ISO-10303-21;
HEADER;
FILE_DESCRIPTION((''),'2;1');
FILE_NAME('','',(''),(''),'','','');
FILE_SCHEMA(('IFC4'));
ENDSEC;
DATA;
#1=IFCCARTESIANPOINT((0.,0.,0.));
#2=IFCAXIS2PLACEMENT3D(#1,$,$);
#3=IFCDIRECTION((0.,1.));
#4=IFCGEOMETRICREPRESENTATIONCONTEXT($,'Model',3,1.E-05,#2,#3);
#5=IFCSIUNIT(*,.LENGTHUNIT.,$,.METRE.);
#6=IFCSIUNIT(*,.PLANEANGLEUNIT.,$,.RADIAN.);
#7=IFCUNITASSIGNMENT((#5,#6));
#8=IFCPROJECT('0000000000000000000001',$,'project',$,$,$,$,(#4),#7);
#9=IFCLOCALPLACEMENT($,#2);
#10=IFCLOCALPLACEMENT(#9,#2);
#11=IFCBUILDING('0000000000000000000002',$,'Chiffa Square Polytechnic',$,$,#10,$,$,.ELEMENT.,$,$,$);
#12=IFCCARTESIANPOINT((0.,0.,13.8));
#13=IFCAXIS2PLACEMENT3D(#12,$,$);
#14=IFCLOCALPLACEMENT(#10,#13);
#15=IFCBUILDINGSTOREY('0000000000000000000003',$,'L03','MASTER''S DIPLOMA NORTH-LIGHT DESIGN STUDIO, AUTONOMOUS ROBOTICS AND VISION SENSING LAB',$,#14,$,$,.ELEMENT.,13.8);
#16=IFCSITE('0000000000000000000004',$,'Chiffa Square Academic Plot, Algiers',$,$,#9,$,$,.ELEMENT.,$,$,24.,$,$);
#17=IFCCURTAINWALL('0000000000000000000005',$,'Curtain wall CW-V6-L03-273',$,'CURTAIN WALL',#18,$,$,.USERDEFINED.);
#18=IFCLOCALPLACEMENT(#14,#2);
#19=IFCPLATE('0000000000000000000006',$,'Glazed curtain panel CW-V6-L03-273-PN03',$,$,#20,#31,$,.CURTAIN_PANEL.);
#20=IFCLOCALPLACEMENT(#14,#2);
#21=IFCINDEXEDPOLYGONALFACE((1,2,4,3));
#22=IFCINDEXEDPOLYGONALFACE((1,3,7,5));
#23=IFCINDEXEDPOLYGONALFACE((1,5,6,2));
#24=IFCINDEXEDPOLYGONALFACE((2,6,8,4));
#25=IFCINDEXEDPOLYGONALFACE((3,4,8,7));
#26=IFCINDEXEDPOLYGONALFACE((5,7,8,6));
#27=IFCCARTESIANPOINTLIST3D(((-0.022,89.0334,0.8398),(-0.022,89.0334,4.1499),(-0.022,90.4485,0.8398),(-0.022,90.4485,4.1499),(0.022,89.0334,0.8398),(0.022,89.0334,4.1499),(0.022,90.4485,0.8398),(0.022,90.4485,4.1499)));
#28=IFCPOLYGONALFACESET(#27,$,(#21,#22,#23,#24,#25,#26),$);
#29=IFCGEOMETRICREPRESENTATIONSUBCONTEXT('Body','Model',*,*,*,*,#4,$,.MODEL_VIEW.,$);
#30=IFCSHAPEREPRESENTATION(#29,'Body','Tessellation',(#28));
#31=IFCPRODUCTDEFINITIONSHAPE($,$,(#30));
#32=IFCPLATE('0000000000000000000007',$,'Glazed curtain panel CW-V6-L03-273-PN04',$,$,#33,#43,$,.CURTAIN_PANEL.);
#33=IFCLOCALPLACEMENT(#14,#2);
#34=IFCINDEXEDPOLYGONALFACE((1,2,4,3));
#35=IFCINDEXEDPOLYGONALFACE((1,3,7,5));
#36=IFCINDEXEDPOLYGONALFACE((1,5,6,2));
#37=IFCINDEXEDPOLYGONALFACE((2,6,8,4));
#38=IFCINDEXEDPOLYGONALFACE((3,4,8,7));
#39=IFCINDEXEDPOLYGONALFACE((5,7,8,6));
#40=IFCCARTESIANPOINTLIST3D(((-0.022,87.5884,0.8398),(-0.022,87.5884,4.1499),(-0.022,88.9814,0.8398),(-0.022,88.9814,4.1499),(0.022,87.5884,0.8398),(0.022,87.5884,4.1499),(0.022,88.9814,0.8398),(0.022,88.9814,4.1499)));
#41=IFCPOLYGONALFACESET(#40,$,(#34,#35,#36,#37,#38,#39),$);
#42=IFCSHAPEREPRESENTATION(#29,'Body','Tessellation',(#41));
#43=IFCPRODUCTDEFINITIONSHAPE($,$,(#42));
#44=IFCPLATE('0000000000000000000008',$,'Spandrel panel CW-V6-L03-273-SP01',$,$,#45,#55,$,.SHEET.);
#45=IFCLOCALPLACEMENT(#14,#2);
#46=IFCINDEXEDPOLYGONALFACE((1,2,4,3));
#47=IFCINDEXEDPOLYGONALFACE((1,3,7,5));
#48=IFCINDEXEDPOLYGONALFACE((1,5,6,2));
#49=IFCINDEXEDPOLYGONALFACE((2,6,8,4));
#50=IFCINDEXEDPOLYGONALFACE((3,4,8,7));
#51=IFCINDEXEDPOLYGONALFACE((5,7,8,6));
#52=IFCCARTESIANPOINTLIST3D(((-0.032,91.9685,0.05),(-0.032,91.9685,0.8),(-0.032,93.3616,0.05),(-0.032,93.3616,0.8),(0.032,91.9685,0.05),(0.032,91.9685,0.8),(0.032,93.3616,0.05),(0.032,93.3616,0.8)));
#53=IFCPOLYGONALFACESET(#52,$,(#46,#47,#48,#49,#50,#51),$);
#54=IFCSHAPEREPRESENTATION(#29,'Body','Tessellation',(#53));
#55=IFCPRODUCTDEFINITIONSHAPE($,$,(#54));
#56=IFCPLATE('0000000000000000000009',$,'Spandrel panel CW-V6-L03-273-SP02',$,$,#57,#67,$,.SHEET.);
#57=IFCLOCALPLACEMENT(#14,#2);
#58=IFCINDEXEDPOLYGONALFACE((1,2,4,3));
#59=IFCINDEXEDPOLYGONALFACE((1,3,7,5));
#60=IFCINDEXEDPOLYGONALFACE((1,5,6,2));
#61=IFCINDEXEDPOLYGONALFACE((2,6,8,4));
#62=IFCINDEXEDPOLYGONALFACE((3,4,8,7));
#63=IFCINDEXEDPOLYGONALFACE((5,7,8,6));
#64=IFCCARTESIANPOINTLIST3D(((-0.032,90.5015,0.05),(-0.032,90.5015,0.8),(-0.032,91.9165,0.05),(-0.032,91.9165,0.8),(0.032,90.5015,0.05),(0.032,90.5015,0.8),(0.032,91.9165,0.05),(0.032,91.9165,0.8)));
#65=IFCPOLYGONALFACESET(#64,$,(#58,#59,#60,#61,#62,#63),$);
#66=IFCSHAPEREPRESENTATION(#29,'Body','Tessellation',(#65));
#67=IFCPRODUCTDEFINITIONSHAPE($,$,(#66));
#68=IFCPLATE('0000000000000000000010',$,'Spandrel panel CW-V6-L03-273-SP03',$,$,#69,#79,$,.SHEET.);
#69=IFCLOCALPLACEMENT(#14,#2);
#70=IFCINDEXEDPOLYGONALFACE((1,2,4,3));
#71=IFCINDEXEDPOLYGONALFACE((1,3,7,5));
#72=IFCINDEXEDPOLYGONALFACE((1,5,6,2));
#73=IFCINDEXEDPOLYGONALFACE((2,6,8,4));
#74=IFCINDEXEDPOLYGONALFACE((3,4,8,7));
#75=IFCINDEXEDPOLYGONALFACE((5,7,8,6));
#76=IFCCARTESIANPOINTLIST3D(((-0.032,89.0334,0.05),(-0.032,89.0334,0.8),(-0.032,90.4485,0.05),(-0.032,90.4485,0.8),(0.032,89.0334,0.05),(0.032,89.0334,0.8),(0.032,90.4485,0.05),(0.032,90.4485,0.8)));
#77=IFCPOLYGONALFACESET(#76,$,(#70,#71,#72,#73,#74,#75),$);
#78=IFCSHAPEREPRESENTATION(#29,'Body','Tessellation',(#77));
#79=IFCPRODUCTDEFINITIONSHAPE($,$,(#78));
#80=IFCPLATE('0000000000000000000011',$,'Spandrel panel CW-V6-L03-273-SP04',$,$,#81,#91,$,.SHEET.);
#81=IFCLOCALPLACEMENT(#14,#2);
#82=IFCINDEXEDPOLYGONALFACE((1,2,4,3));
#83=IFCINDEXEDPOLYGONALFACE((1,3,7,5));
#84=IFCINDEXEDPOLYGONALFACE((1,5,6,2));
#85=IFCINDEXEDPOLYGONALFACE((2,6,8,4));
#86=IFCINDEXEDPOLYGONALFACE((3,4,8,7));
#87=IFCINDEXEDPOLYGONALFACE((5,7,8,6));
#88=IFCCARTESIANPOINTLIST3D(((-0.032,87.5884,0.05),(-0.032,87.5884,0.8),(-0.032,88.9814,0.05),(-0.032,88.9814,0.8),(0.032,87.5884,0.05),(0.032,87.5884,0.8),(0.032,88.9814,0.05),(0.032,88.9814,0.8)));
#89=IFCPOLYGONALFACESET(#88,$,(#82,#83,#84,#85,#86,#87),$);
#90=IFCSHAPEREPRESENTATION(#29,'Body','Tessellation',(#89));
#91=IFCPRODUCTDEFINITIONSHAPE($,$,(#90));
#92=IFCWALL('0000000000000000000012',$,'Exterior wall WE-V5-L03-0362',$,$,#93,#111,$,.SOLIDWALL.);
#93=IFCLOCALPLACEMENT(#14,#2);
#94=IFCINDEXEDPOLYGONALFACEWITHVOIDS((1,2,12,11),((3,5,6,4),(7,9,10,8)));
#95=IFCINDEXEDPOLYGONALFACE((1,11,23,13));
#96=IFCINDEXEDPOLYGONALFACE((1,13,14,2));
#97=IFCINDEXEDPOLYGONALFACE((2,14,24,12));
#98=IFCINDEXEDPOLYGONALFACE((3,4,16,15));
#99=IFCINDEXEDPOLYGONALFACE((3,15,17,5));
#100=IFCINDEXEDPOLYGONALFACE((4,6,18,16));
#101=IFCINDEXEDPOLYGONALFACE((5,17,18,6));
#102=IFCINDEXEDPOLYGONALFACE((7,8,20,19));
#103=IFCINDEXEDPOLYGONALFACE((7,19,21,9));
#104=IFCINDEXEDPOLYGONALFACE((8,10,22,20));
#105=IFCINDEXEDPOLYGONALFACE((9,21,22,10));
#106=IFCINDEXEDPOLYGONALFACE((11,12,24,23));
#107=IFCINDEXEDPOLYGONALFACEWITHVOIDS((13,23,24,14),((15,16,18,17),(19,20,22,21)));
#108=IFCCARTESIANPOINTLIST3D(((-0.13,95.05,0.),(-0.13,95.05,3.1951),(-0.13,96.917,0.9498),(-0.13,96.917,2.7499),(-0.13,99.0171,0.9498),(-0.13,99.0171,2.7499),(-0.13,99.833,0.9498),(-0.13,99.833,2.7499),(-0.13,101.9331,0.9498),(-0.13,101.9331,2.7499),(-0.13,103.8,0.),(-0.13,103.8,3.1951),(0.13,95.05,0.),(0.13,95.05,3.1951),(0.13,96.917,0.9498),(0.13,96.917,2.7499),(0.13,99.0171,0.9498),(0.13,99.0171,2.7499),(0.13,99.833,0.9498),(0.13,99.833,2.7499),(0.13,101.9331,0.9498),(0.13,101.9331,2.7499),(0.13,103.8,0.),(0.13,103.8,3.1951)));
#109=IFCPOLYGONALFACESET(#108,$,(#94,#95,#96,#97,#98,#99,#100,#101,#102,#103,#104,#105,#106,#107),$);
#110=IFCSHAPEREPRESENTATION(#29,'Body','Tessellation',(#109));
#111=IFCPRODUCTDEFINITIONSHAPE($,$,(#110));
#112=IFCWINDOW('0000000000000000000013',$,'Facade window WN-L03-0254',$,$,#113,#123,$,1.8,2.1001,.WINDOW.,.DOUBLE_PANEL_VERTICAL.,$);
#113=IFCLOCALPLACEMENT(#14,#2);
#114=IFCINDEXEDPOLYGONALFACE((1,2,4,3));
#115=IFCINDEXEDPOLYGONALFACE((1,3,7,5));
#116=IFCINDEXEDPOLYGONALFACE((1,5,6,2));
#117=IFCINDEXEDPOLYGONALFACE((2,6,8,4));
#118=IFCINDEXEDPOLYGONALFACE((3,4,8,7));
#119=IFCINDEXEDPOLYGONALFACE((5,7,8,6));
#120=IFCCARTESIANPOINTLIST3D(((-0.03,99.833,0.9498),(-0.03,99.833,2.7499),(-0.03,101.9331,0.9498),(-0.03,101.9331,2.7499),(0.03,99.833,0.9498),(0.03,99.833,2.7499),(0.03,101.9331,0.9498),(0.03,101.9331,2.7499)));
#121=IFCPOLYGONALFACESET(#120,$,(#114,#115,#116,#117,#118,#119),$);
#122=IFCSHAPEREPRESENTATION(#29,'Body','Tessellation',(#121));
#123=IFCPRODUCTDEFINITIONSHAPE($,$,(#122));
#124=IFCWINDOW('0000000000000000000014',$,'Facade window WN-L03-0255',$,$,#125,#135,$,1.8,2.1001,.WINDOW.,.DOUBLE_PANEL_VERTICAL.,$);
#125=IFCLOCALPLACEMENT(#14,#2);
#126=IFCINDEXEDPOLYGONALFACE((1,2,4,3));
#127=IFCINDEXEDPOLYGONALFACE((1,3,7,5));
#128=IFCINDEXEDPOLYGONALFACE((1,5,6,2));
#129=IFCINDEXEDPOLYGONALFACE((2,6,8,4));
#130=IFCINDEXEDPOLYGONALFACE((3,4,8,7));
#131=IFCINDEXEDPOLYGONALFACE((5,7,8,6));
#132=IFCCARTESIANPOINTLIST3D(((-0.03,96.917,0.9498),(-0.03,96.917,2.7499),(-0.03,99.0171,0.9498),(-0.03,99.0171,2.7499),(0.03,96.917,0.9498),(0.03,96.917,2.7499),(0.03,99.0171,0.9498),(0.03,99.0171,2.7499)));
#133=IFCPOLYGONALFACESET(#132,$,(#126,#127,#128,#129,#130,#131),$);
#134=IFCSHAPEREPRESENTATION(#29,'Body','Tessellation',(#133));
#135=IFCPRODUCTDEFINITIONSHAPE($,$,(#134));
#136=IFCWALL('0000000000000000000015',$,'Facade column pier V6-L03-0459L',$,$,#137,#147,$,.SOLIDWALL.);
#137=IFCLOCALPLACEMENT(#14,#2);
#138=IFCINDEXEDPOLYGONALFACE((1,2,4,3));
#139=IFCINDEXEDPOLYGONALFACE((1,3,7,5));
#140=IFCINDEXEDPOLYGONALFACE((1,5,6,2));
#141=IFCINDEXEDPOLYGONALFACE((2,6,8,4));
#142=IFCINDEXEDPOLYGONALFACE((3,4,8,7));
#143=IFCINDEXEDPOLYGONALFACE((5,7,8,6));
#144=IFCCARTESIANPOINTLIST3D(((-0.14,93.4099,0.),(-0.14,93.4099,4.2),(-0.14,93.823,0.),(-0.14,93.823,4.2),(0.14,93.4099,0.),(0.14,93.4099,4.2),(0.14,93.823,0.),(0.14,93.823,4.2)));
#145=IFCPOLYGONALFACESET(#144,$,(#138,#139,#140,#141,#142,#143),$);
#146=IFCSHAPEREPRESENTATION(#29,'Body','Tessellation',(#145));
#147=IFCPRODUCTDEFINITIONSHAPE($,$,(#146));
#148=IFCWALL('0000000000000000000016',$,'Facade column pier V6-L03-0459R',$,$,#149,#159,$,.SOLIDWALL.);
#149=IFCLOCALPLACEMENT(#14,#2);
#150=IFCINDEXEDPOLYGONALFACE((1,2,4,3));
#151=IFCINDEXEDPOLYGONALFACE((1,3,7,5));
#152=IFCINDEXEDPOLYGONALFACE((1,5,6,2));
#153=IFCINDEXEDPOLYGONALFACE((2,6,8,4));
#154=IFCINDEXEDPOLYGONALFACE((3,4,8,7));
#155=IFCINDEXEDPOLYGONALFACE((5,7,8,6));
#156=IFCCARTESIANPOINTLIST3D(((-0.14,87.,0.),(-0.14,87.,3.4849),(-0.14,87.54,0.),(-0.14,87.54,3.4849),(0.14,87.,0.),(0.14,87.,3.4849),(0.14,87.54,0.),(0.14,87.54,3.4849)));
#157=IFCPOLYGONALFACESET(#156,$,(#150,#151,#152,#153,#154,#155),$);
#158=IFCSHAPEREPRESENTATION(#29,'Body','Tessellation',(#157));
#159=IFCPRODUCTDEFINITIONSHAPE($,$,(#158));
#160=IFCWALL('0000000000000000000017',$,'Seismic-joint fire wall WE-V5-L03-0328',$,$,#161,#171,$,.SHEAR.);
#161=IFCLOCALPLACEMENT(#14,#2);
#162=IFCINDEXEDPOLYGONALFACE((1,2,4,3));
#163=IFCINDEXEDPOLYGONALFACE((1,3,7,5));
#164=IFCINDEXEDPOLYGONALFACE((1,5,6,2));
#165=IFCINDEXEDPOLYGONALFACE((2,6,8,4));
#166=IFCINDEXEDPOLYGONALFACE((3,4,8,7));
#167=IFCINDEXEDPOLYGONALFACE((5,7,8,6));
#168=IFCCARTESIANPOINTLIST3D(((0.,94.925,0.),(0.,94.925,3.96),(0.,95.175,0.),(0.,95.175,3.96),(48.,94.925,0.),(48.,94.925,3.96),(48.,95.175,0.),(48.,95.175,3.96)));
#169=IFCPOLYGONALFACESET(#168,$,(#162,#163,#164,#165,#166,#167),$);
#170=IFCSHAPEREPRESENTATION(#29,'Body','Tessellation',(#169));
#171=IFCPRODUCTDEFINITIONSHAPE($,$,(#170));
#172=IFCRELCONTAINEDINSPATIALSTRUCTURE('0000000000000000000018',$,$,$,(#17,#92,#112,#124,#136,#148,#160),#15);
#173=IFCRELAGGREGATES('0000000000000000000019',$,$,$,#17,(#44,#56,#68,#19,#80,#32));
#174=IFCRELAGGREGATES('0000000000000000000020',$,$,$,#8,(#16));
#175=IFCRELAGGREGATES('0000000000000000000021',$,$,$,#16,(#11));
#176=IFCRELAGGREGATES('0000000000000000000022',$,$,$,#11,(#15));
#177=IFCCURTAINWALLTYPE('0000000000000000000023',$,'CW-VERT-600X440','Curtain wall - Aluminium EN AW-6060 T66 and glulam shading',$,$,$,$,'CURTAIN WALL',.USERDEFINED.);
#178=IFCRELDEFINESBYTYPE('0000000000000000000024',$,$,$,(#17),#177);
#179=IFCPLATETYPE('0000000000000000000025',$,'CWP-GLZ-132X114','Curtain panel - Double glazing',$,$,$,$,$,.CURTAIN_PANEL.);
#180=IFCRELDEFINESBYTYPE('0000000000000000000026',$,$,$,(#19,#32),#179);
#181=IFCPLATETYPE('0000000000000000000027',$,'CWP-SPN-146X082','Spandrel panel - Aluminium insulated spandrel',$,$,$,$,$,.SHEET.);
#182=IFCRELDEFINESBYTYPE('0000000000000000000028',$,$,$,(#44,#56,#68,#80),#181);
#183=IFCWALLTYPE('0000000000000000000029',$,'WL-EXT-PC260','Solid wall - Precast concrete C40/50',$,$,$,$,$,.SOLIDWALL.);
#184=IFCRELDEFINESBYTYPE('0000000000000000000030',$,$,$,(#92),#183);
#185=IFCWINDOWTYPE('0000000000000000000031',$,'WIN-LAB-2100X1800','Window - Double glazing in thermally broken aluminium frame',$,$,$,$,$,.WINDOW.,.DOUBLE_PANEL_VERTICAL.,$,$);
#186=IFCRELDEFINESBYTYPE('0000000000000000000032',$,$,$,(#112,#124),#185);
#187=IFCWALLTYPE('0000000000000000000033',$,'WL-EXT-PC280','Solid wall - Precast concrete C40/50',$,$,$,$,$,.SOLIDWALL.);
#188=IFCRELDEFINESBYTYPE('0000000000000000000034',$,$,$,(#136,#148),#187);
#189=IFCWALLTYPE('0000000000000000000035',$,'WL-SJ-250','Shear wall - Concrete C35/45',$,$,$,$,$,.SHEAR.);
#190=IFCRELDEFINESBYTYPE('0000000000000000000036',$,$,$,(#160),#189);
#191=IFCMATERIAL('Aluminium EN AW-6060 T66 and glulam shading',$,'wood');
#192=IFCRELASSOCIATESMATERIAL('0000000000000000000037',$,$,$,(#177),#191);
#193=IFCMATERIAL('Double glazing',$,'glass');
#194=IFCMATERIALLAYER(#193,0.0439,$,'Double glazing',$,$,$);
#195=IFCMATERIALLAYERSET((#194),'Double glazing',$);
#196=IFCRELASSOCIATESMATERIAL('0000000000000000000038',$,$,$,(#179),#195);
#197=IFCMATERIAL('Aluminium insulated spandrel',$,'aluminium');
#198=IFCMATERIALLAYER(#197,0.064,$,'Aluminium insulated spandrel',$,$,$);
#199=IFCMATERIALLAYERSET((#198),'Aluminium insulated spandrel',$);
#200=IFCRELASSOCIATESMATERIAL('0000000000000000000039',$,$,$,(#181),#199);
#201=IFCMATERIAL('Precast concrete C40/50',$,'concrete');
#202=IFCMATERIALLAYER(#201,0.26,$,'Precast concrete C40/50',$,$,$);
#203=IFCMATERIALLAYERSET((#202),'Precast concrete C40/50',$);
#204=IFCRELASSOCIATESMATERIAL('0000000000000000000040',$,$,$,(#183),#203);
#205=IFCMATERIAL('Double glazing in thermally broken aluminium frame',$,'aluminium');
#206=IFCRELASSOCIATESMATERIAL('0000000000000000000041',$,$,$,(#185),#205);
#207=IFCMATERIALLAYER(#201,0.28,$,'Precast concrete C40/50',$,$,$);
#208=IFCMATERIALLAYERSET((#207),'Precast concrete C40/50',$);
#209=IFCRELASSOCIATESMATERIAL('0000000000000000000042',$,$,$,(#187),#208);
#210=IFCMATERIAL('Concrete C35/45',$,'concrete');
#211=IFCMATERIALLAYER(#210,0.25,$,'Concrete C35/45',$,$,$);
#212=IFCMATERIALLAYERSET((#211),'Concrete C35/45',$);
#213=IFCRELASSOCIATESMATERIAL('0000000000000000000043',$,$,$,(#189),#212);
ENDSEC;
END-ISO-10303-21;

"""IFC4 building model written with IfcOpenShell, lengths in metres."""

from ifc_helpers import new_model, si_unit, direction, frame, frame_2d, origin, origin_2d, place, context, subcontext, project, spatial, rectangle, extrude, material, layer, layer_set, type_object, element, fill, aggregate, save


model = new_model("IFC4")

# Units and contexts
model_context = context("Model", 3, precision=1e-05, world=origin(), true_north=direction((0.0, 1.0)))
body_context = subcontext(model_context, "Body", "Model", "MODEL_VIEW")
ifc_project = project(units=[si_unit("LENGTHUNIT", "METRE"), si_unit("PLANEANGLEUNIT", "RADIAN")], contexts=[model_context])

# Site, building, storey
site_placement = place(None, origin())
site = spatial("IfcSite", under=ifc_project, at=site_placement, Name="Chiffa Square Academic Plot, Algiers", CompositionType="ELEMENT", RefElevation=24.0)
building_placement = place(site_placement, origin())
building = spatial("IfcBuilding", under=site, at=building_placement, Name="Chiffa Square Polytechnic", CompositionType="ELEMENT")
storey_placement = place(building_placement, frame((0.0, 0.0, 13.8)))
storey = spatial("IfcBuildingStorey", under=building, at=storey_placement, Name="L03", Description="MASTER'S DIPLOMA NORTH-LIGHT DESIGN STUDIO, AUTONOMOUS ROBOTICS AND VISION SENSING LAB", CompositionType="ELEMENT", Elevation=13.8)

# Shared definitions
ifc_material_1 = material(Name="Concrete C35/45", Category="concrete")

# Curtain wall
ifc_material_2 = material(Name="Aluminium EN AW-6060 T66 and glulam shading", Category="wood")
curtain_wall_type = type_object("IfcCurtainWallType", Name="CW-VERT-600X440", Description="Curtain wall - Aluminium EN AW-6060 T66 and glulam shading", ElementType="CURTAIN WALL", PredefinedType="USERDEFINED", material=ifc_material_2)
curtain_wall_placement = place(storey_placement, origin())
curtain_wall = element("IfcCurtainWall", 1, at=curtain_wall_placement, inside=storey, type_object=curtain_wall_type, Name="Curtain wall CW-V6-L03-273", ObjectType="CURTAIN WALL", PredefinedType="USERDEFINED")

# Plates
ifc_material_3 = material(Name="Double glazing", Category="glass")
ifc_layer_1 = layer(ifc_material_3, 0.0439, Name="Double glazing")
ifc_layer_set_1 = layer_set([ifc_layer_1], Name="Double glazing")
plate_type_1 = type_object("IfcPlateType", Name="CWP-GLZ-132X114", Description="Curtain panel - Double glazing", PredefinedType="CURTAIN_PANEL", material=ifc_layer_set_1)
plate_1_placement = place(storey_placement, frame((0.0, 89.741, 0.8398), z_axis=(0.0, 0.0, 1.0), x_axis=(0.0, -1.0, 0.0)))
plate_1 = element("IfcPlate", 2, at=plate_1_placement, type_object=plate_type_1, Name="Glazed curtain panel CW-V6-L03-273-PN03", PredefinedType="CURTAIN_PANEL", context=body_context, shape_type="SweptSolid", body=[
    extrude(rectangle(XDim=1.415, YDim=0.0439, at=origin_2d()), origin(), (0.0, 0.0, 1.0), 3.3101),
])
plate_2_placement = place(storey_placement, frame((0.0, 88.2849, 0.8398), z_axis=(0.0, 0.0, 1.0), x_axis=(0.0, -1.0, 0.0)))
plate_2 = element("IfcPlate", 3, at=plate_2_placement, type_object=plate_type_1, Name="Glazed curtain panel CW-V6-L03-273-PN04", PredefinedType="CURTAIN_PANEL", context=body_context, shape_type="SweptSolid", body=[
    extrude(rectangle(XDim=1.3931, YDim=0.0439, at=origin_2d()), origin(), (0.0, 0.0, 1.0), 3.3101),
])
ifc_material_4 = material(Name="Aluminium insulated spandrel", Category="aluminium")
ifc_layer_2 = layer(ifc_material_4, 0.064, Name="Aluminium insulated spandrel")
ifc_layer_set_2 = layer_set([ifc_layer_2], Name="Aluminium insulated spandrel")
plate_type_2 = type_object("IfcPlateType", Name="CWP-SPN-146X082", Description="Spandrel panel - Aluminium insulated spandrel", PredefinedType="SHEET", material=ifc_layer_set_2)
plate_3_placement = place(storey_placement, frame((0.0, 92.665, 0.05), z_axis=(0.0, 0.0, 1.0), x_axis=(0.0, -1.0, 0.0)))
plate_3 = element("IfcPlate", 4, at=plate_3_placement, type_object=plate_type_2, Name="Spandrel panel CW-V6-L03-273-SP01", PredefinedType="SHEET", context=body_context, shape_type="SweptSolid", body=[
    extrude(rectangle(XDim=1.3931, YDim=0.064, at=origin_2d()), origin(), (0.0, 0.0, 1.0), 0.75),
])
plate_4_placement = place(storey_placement, frame((0.0, 91.209, 0.05), z_axis=(0.0, 0.0, 1.0), x_axis=(0.0, -1.0, 0.0)))
plate_4 = element("IfcPlate", 5, at=plate_4_placement, type_object=plate_type_2, Name="Spandrel panel CW-V6-L03-273-SP02", PredefinedType="SHEET", context=body_context, shape_type="SweptSolid", body=[
    extrude(rectangle(XDim=1.415, YDim=0.064, at=origin_2d()), origin(), (0.0, 0.0, 1.0), 0.75),
])
plate_5_placement = place(storey_placement, frame((0.0, 89.741, 0.05), z_axis=(0.0, 0.0, 1.0), x_axis=(0.0, -1.0, 0.0)))
plate_5 = element("IfcPlate", 6, at=plate_5_placement, type_object=plate_type_2, Name="Spandrel panel CW-V6-L03-273-SP03", PredefinedType="SHEET", context=body_context, shape_type="SweptSolid", body=[
    extrude(rectangle(XDim=1.415, YDim=0.064, at=origin_2d()), origin(), (0.0, 0.0, 1.0), 0.75),
])
plate_6_placement = place(storey_placement, frame((0.0, 88.2849, 0.05), z_axis=(0.0, 0.0, 1.0), x_axis=(0.0, -1.0, 0.0)))
plate_6 = element("IfcPlate", 7, at=plate_6_placement, type_object=plate_type_2, Name="Spandrel panel CW-V6-L03-273-SP04", PredefinedType="SHEET", context=body_context, shape_type="SweptSolid", body=[
    extrude(rectangle(XDim=1.3931, YDim=0.064, at=origin_2d()), origin(), (0.0, 0.0, 1.0), 0.75),
])
aggregate(curtain_wall, [plate_3, plate_4, plate_5, plate_1, plate_6, plate_2])

# Wall, openings, windows
ifc_material_5 = material(Name="Precast concrete C40/50", Category="concrete")
ifc_layer_3 = layer(ifc_material_5, 0.26, Name="Precast concrete C40/50")
ifc_layer_set_3 = layer_set([ifc_layer_3], Name="Precast concrete C40/50")
wall_type_1 = type_object("IfcWallType", Name="WL-EXT-PC260", Description="Solid wall - Precast concrete C40/50", PredefinedType="SOLIDWALL", material=ifc_layer_set_3)
wall_1_placement = place(storey_placement, frame((0.0, 103.8, 0.0), z_axis=(0.0, 0.0, 1.0), x_axis=(0.0, -1.0, 0.0)))
wall_1 = element("IfcWall", 8, at=wall_1_placement, inside=storey, type_object=wall_type_1, Name="Exterior wall WE-V5-L03-0362", PredefinedType="SOLIDWALL", context=body_context, shape_type="SweptSolid", body=[
    extrude(rectangle(XDim=8.75, YDim=0.26, at=frame_2d((4.375, 0.0))), origin(), (0.0, 0.0, 1.0), 3.1951),
])
opening_1_placement = place(wall_1_placement, frame((1.8669, 0.0, 0.95)))
opening_1 = element("IfcOpeningElement", 9, at=opening_1_placement, cuts=wall_1, PredefinedType="OPENING", context=body_context, shape_type="SweptSolid", body=[
    extrude(rectangle(XDim=2.1001, YDim=1.8, at=frame_2d((1.05, 0.8999))), frame((0.0, 0.1401, 0.0), z_axis=(0.0, -1.0, 0.0), x_axis=(1.0, 0.0, 0.0)), (0.0, 0.0, 1.0), 0.28),
])
opening_2_placement = place(wall_1_placement, frame((4.783, 0.0, 0.95)))
opening_2 = element("IfcOpeningElement", 10, at=opening_2_placement, cuts=wall_1, PredefinedType="OPENING", context=body_context, shape_type="SweptSolid", body=[
    extrude(rectangle(XDim=2.1001, YDim=1.8, at=frame_2d((1.05, 0.8999))), frame((0.0, 0.1401, 0.0), z_axis=(0.0, -1.0, 0.0), x_axis=(1.0, 0.0, 0.0)), (0.0, 0.0, 1.0), 0.28),
])
ifc_material_6 = material(Name="Double glazing in thermally broken aluminium frame", Category="aluminium")
window_type = type_object("IfcWindowType", Name="WIN-LAB-2100X1800", Description="Window - Double glazing in thermally broken aluminium frame", PartitioningType="DOUBLE_PANEL_VERTICAL", PredefinedType="WINDOW", material=ifc_material_6)
window_1_placement = place(opening_1_placement, origin())
window_1 = element("IfcWindow", 11, at=window_1_placement, inside=storey, type_object=window_type, Name="Facade window WN-L03-0254", OverallHeight=1.8, OverallWidth=2.1001, PartitioningType="DOUBLE_PANEL_VERTICAL", PredefinedType="WINDOW", context=body_context, shape_type="SweptSolid", body=[
    extrude(rectangle(XDim=2.1001, YDim=1.8, at=frame_2d((1.05, 0.8999))), frame((0.0, 0.03, 0.0), z_axis=(0.0, -1.0, 0.0), x_axis=(1.0, 0.0, 0.0)), (0.0, 0.0, 1.0), 0.0601),
])
fill(opening_1, window_1)
window_2_placement = place(opening_2_placement, origin())
window_2 = element("IfcWindow", 12, at=window_2_placement, inside=storey, type_object=window_type, Name="Facade window WN-L03-0255", OverallHeight=1.8, OverallWidth=2.1001, PartitioningType="DOUBLE_PANEL_VERTICAL", PredefinedType="WINDOW", context=body_context, shape_type="SweptSolid", body=[
    extrude(rectangle(XDim=2.1001, YDim=1.8, at=frame_2d((1.05, 0.8999))), frame((0.0, 0.03, 0.0), z_axis=(0.0, -1.0, 0.0), x_axis=(1.0, 0.0, 0.0)), (0.0, 0.0, 1.0), 0.0601),
])
fill(opening_2, window_2)

# Walls
ifc_layer_4 = layer(ifc_material_5, 0.28, Name="Precast concrete C40/50")
ifc_layer_set_4 = layer_set([ifc_layer_4], Name="Precast concrete C40/50")
wall_type_2 = type_object("IfcWallType", Name="WL-EXT-PC280", Description="Solid wall - Precast concrete C40/50", PredefinedType="SOLIDWALL", material=ifc_layer_set_4)
wall_2_placement = place(storey_placement, frame((0.0, 93.823, 0.0), z_axis=(0.0, 0.0, 1.0), x_axis=(0.0, -1.0, 0.0)))
element("IfcWall", 13, at=wall_2_placement, inside=storey, type_object=wall_type_2, Name="Facade column pier V6-L03-0459L", PredefinedType="SOLIDWALL", context=body_context, shape_type="SweptSolid", body=[
    extrude(rectangle(XDim=0.4131, YDim=0.28, at=frame_2d((0.2065, 0.0))), origin(), (0.0, 0.0, 1.0), 4.2),
])
wall_3_placement = place(storey_placement, frame((0.0, 87.54, 0.0), z_axis=(0.0, 0.0, 1.0), x_axis=(0.0, -1.0, 0.0)))
element("IfcWall", 14, at=wall_3_placement, inside=storey, type_object=wall_type_2, Name="Facade column pier V6-L03-0459R", PredefinedType="SOLIDWALL", context=body_context, shape_type="SweptSolid", body=[
    extrude(rectangle(XDim=0.54, YDim=0.28, at=frame_2d((0.27, 0.0))), origin(), (0.0, 0.0, 1.0), 3.4849),
])
ifc_layer_5 = layer(ifc_material_1, 0.25, Name="Concrete C35/45")
ifc_layer_set_5 = layer_set([ifc_layer_5], Name="Concrete C35/45")
wall_type_3 = type_object("IfcWallType", Name="WL-SJ-250", Description="Shear wall - Concrete C35/45", PredefinedType="SHEAR", material=ifc_layer_set_5)
wall_4_placement = place(storey_placement, frame((0.0, 95.05, 0.0), z_axis=(0.0, 0.0, 1.0), x_axis=(1.0, 0.0, 0.0)))
element("IfcWall", 15, at=wall_4_placement, inside=storey, type_object=wall_type_3, Name="Seismic-joint fire wall WE-V5-L03-0328", PredefinedType="SHEAR", context=body_context, shape_type="SweptSolid", body=[
    extrude(rectangle(XDim=48.0, YDim=0.25, at=frame_2d((24.0, 0.0))), origin(), (0.0, 0.0, 1.0), 3.96),
])

save(model, "model.ifc")
